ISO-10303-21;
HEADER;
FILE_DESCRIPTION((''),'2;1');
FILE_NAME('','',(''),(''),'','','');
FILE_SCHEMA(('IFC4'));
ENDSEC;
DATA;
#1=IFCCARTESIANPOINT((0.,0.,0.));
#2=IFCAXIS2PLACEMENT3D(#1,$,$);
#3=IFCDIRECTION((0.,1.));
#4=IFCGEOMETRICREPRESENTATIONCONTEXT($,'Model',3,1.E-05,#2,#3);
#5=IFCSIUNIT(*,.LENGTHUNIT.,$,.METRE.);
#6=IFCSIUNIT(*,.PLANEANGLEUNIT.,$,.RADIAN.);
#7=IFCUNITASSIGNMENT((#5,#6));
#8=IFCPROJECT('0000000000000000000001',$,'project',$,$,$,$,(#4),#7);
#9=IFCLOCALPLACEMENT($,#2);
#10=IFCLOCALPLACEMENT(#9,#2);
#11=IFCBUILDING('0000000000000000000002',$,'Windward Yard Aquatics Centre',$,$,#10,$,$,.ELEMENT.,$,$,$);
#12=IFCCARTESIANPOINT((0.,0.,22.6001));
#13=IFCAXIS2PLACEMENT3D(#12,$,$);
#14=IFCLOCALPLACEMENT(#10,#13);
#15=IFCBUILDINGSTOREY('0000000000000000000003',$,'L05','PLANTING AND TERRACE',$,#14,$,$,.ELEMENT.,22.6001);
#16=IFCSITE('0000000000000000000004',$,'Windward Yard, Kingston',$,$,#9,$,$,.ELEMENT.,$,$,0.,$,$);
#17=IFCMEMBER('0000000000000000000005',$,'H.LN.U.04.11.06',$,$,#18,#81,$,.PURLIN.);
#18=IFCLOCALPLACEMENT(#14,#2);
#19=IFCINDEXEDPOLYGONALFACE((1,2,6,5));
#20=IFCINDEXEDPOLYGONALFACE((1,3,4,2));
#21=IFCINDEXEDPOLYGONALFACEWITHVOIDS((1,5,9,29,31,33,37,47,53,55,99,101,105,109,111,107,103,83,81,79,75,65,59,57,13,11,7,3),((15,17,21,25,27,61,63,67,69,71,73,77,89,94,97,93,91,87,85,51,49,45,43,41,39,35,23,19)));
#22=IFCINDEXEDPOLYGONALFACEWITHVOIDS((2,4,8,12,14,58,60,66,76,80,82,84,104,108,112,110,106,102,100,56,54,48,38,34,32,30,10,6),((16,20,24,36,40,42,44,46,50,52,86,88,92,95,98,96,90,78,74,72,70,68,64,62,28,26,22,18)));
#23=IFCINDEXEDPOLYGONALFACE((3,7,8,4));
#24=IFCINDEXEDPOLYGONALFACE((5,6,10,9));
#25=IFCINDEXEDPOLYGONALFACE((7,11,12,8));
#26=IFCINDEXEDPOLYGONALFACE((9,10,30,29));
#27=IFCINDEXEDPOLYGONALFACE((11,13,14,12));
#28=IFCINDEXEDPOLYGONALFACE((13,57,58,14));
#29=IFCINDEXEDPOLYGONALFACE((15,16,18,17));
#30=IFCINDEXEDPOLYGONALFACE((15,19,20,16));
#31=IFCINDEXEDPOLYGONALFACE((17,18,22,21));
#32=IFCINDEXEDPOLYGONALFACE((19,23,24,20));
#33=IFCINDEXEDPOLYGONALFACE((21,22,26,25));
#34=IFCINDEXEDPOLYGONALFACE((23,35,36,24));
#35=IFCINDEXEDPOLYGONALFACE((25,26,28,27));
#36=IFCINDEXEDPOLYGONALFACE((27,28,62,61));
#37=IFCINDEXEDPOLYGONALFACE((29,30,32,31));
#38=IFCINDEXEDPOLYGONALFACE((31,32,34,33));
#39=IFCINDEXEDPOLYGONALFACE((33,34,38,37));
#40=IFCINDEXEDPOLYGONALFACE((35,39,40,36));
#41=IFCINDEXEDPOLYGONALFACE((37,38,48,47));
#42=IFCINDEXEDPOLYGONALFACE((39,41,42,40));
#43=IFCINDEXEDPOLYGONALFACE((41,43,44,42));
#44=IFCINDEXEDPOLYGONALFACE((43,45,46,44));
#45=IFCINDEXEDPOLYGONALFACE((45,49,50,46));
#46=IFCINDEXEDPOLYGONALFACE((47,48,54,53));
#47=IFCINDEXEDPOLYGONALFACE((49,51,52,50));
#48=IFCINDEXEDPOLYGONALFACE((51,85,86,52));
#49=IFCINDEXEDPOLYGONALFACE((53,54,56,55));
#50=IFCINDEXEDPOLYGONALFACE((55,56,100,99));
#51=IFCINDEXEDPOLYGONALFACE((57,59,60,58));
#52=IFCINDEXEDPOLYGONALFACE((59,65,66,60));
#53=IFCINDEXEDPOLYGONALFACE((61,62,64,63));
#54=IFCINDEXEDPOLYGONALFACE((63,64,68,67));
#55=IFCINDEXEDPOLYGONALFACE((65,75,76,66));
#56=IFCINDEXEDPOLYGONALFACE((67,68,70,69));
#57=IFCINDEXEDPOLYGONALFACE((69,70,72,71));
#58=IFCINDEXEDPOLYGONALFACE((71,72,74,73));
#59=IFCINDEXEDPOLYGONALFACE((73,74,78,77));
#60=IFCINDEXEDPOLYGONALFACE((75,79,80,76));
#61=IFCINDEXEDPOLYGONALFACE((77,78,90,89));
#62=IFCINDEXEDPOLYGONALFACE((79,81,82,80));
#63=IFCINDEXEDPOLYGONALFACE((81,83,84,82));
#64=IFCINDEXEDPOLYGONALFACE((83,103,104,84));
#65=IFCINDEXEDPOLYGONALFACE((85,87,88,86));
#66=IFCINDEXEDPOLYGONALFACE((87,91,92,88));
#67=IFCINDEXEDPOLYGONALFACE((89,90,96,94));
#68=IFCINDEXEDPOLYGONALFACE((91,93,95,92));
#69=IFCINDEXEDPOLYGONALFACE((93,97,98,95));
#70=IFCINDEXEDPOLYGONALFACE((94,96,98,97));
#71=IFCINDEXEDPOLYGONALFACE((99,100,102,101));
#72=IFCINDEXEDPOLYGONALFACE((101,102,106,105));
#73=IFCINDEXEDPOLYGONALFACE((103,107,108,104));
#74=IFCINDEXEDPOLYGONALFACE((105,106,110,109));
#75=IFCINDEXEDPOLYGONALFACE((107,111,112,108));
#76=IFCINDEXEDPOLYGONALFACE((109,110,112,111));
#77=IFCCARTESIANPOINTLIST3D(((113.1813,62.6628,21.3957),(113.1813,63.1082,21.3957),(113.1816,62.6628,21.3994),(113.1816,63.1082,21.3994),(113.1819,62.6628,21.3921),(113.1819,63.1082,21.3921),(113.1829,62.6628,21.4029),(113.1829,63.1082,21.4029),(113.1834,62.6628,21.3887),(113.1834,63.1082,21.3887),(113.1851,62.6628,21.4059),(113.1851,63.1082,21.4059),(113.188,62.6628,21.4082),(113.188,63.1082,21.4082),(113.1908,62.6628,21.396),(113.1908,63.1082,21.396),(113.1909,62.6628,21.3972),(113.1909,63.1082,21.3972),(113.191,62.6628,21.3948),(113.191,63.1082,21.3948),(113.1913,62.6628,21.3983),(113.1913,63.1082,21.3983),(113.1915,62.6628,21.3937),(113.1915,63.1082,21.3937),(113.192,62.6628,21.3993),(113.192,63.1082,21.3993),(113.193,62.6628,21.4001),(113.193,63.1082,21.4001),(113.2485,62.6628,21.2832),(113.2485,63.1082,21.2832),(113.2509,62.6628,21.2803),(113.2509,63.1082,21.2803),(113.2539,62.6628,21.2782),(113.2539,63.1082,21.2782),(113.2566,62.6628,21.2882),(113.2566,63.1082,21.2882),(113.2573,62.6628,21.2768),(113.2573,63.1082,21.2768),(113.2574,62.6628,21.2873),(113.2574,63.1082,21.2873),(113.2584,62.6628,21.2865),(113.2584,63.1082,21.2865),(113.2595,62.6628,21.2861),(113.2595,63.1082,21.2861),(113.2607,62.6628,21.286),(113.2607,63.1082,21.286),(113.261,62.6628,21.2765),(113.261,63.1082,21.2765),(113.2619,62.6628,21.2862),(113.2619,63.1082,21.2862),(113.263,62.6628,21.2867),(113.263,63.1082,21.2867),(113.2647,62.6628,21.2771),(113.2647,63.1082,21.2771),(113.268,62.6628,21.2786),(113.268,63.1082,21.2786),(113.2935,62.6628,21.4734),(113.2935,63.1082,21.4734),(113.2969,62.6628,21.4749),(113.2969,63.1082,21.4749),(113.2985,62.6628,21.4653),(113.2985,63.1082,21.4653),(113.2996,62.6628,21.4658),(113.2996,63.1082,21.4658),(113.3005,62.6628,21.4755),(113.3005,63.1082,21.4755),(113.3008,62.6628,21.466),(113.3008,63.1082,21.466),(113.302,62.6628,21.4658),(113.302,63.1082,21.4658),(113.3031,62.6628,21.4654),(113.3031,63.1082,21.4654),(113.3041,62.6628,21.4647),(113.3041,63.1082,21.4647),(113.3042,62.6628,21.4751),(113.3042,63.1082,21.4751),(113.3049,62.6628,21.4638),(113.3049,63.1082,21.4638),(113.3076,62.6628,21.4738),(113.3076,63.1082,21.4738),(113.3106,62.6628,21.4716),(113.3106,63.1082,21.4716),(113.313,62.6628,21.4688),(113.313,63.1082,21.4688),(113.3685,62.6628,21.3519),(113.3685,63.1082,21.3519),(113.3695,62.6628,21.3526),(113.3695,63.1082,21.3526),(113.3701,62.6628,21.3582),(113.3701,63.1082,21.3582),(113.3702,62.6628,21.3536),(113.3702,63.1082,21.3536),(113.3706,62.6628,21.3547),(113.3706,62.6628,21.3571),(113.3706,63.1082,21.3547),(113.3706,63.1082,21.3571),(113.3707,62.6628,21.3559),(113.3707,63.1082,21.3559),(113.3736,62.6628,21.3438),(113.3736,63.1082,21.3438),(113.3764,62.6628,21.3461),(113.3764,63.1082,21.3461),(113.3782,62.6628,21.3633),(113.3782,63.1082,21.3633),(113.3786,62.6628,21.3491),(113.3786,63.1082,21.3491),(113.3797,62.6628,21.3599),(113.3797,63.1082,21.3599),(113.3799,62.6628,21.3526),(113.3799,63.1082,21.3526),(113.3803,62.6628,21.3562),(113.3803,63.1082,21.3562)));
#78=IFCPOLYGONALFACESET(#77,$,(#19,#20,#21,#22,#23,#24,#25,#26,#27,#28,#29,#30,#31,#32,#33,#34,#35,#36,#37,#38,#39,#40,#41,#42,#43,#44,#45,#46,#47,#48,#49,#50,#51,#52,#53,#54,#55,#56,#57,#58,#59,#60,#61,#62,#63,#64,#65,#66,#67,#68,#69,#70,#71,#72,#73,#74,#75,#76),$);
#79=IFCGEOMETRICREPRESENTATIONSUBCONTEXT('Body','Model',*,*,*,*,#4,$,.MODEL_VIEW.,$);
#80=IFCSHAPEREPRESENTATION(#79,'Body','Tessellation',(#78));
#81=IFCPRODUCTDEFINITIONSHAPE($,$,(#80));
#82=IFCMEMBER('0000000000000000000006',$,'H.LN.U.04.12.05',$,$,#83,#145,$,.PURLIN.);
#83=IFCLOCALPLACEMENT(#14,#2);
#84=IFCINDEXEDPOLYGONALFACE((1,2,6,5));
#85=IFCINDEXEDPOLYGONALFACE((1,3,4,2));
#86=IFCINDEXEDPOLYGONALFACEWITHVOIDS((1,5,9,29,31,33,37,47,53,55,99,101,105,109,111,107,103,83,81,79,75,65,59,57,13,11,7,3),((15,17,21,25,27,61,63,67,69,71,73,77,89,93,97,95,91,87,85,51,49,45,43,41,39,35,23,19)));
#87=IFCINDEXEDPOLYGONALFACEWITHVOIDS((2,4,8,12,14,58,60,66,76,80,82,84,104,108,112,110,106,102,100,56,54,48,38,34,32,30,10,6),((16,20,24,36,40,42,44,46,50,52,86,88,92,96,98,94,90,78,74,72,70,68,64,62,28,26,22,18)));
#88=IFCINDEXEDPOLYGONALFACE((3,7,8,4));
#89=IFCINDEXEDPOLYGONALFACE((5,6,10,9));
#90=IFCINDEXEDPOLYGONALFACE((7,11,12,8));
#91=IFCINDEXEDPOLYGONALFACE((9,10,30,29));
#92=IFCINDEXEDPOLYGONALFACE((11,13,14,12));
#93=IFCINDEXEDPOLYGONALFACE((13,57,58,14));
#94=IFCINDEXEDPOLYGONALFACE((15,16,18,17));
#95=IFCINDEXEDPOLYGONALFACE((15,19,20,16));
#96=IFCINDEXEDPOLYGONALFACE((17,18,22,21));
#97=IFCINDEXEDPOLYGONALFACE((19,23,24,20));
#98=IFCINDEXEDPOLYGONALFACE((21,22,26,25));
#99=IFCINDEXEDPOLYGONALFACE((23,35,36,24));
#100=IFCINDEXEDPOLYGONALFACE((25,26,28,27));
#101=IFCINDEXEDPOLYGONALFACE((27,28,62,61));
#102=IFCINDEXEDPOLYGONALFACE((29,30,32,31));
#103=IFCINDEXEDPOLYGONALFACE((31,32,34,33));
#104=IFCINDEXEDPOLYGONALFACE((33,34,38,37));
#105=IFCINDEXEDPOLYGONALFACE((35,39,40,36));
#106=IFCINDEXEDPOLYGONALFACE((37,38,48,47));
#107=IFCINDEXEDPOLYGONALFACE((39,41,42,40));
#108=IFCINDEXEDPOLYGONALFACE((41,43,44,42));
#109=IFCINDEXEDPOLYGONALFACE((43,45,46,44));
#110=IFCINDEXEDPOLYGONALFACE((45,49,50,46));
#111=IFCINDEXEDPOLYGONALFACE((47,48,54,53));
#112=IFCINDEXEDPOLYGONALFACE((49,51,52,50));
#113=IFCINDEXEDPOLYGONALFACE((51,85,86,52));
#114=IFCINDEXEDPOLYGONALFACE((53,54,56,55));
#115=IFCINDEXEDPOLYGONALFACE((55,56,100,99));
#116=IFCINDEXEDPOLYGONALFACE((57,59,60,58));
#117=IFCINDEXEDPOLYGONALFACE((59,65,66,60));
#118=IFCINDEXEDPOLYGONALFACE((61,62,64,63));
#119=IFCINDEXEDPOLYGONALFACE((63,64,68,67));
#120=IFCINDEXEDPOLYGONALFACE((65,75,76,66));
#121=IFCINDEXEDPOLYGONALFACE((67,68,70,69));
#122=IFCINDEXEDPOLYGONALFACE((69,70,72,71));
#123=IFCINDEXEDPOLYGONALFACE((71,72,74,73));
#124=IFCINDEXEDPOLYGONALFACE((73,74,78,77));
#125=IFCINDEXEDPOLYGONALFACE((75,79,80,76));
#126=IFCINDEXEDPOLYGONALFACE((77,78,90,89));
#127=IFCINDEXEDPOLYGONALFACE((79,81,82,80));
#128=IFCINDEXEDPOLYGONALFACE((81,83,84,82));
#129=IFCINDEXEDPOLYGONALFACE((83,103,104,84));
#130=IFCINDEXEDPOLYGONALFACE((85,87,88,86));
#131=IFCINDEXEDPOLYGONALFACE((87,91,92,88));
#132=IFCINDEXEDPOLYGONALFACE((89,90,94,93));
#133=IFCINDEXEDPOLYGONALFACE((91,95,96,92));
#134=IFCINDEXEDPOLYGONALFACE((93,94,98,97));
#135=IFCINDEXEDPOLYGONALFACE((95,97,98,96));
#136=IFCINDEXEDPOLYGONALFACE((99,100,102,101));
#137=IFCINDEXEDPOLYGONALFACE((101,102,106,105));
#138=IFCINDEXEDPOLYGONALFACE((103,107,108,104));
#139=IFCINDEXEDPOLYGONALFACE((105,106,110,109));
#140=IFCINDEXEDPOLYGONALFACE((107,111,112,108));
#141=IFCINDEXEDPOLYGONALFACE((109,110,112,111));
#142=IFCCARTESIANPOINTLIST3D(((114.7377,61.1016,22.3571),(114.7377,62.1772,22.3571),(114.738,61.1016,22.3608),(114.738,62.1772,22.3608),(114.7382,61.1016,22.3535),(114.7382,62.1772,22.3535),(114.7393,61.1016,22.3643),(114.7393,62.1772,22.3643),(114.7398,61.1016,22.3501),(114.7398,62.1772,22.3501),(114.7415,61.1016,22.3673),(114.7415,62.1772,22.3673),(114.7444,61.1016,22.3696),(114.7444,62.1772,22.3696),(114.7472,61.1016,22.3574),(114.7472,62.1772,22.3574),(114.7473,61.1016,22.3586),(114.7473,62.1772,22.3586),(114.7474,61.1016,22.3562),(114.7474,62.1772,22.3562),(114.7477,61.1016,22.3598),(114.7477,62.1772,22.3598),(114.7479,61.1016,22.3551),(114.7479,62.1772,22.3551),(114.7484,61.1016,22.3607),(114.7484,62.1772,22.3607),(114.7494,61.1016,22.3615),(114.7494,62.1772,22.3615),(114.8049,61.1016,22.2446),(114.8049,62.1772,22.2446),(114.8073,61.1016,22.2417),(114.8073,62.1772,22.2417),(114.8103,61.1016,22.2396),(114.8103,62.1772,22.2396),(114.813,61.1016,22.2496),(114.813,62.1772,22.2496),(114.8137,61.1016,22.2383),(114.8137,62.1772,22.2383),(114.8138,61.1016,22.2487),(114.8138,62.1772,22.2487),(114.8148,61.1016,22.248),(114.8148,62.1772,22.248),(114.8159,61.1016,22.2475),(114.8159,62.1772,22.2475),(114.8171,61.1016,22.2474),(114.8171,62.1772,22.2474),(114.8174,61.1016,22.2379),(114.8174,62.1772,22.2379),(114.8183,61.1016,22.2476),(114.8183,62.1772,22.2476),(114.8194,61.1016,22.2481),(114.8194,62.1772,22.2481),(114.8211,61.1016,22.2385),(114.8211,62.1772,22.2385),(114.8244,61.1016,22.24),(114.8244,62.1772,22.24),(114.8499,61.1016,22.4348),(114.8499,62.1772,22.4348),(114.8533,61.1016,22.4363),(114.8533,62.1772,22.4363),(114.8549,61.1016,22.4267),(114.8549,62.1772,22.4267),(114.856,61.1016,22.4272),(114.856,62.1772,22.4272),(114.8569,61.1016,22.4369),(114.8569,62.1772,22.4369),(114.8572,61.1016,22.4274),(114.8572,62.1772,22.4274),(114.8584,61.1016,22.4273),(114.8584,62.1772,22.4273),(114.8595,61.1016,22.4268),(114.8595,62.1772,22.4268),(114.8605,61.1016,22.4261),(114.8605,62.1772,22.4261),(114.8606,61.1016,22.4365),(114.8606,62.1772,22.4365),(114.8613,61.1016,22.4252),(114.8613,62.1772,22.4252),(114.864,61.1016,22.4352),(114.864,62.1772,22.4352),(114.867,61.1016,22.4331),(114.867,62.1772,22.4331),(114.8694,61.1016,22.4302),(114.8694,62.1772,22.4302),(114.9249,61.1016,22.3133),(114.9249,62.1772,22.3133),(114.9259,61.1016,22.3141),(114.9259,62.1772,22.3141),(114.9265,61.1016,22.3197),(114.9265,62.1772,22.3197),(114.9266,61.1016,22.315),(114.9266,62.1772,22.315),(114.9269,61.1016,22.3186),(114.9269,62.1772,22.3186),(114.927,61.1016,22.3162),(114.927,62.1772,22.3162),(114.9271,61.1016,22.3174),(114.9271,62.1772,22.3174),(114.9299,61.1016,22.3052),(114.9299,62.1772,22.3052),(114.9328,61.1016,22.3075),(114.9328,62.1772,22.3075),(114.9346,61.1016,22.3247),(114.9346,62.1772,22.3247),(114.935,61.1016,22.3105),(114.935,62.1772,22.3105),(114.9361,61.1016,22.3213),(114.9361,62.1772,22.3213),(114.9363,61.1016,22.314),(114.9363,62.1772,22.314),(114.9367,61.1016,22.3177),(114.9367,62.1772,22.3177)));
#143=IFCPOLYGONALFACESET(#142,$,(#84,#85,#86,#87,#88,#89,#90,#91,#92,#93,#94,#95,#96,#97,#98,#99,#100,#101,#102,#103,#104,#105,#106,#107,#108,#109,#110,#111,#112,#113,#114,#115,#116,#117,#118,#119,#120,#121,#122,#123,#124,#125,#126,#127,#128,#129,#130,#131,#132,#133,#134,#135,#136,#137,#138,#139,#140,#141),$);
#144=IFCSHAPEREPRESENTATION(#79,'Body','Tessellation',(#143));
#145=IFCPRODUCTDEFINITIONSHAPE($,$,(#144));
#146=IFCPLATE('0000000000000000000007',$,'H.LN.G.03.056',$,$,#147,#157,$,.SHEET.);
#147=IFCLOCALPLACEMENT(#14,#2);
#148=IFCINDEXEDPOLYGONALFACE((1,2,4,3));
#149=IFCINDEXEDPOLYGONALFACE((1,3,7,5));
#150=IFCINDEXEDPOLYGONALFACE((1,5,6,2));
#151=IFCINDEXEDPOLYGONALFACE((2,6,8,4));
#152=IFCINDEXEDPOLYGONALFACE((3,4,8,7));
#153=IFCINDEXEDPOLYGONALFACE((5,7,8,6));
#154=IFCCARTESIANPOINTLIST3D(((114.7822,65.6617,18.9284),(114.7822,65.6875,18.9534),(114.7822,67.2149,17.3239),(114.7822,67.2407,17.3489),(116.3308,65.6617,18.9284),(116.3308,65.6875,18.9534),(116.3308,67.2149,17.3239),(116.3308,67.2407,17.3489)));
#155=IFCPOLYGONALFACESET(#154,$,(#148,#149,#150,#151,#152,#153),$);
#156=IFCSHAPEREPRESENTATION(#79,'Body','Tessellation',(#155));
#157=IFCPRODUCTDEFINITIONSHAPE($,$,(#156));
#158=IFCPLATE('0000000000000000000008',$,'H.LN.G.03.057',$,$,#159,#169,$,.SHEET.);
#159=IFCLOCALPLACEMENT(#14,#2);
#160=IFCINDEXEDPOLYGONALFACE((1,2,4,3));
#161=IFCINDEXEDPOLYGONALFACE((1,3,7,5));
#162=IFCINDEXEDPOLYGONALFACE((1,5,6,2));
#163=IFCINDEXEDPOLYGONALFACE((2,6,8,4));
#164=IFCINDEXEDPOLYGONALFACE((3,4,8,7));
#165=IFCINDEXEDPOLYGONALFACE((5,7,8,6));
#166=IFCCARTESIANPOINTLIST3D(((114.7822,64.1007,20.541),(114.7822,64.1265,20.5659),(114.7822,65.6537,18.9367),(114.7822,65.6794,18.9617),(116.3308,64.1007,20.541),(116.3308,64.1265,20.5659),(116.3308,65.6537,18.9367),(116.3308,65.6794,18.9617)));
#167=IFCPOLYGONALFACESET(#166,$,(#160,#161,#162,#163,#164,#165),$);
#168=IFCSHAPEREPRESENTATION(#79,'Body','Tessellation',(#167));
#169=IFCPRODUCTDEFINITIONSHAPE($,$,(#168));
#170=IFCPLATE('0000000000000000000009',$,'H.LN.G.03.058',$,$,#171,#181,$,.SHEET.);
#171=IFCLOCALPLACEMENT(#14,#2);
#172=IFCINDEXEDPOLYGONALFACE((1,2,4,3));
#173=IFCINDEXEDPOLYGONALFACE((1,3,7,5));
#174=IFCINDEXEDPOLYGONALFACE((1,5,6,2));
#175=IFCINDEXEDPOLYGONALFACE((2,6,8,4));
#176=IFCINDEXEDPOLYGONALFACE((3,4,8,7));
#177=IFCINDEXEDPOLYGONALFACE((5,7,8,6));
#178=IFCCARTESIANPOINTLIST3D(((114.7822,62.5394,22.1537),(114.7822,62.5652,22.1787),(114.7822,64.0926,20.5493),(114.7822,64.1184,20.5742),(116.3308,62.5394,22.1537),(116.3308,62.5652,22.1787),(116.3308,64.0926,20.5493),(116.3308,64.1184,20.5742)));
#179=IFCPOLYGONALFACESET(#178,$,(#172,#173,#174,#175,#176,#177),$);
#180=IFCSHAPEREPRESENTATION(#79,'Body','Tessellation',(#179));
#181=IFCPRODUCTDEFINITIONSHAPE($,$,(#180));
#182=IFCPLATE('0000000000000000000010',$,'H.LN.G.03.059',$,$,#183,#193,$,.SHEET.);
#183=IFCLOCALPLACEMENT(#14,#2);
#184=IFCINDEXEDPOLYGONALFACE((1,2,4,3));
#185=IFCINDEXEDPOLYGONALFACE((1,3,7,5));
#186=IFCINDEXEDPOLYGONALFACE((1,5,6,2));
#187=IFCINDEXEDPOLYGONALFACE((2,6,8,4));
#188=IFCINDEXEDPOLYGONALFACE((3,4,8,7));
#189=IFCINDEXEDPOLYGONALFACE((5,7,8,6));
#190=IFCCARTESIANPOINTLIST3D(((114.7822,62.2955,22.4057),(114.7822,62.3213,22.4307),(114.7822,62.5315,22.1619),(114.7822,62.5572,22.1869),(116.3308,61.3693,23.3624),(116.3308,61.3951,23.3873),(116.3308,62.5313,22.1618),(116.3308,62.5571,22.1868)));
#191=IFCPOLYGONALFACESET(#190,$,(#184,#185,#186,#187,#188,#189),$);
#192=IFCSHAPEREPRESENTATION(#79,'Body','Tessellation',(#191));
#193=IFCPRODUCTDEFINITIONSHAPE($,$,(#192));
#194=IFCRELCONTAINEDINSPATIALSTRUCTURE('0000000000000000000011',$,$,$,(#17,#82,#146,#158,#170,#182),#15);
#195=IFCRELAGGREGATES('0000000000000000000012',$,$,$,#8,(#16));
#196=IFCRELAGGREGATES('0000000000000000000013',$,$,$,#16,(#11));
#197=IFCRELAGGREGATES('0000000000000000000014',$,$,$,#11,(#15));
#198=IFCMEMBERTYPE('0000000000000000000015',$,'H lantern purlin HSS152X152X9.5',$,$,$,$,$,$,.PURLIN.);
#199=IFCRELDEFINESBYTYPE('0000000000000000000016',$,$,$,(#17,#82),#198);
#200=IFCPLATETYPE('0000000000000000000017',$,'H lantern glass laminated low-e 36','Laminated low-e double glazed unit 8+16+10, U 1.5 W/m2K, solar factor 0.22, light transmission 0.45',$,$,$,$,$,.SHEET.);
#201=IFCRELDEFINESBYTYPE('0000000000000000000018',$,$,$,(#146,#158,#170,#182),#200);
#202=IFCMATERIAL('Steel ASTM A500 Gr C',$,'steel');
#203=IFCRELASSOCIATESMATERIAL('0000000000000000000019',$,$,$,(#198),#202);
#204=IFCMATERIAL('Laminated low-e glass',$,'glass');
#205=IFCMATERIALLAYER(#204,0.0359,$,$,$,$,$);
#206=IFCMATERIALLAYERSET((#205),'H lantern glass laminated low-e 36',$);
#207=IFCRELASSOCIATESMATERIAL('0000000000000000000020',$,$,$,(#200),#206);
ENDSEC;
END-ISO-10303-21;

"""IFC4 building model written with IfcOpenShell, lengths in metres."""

from ifc_helpers import new_model, si_unit, direction, frame, origin, origin_2d, place, context, subcontext, project, spatial, polyline, hollow_rectangle, outline, extrude, material, layer, layer_set, material_profile, profile_set, type_object, element, save


model = new_model("IFC4")

# Units and contexts
model_context = context("Model", 3, precision=1e-05, world=origin(), true_north=direction((0.0, 1.0)))
body_context = subcontext(model_context, "Body", "Model", "MODEL_VIEW")
ifc_project = project(units=[si_unit("LENGTHUNIT", "METRE"), si_unit("PLANEANGLEUNIT", "RADIAN")], contexts=[model_context])

# Site, building, storey
site_placement = place(None, origin())
site = spatial("IfcSite", under=ifc_project, at=site_placement, Name="Windward Yard, Kingston", CompositionType="ELEMENT", RefElevation=0.0)
building_placement = place(site_placement, origin())
building = spatial("IfcBuilding", under=site, at=building_placement, Name="Windward Yard Aquatics Centre", CompositionType="ELEMENT")
storey_placement = place(building_placement, frame((0.0, 0.0, 22.6001)))
storey = spatial("IfcBuildingStorey", under=building, at=storey_placement, Name="L05", Description="PLANTING AND TERRACE", CompositionType="ELEMENT", Elevation=22.6001)

# Members
ifc_material_1 = material(Name="Steel ASTM A500 Gr C", Category="steel")
ifc_material_profile = material_profile(ifc_material_1, hollow_rectangle(XDim=0.1523, YDim=0.1523, WallThickness=0.0095, InnerFilletRadius=0.0046, OuterFilletRadius=0.0142, at=origin_2d()), Name="HSS152X152X9.5")
ifc_profile_set = profile_set([ifc_material_profile], Name="Steel ASTM A500 Gr C")
member_type = type_object("IfcMemberType", Name="H lantern purlin HSS152X152X9.5", PredefinedType="PURLIN", material=ifc_profile_set)
member_1_placement = place(storey_placement, frame((113.2808, 62.6628, 21.376), z_axis=(0.0, 1.0, 0.0), x_axis=(-0.850755, 0.0, -0.525562)))
element("IfcMember", 1, at=member_1_placement, inside=storey, type_object=member_type, Name="H.LN.U.04.11.06", PredefinedType="PURLIN", context=body_context, shape_type="SweptSolid", body=[
    extrude(hollow_rectangle(XDim=0.1523, YDim=0.1523, WallThickness=0.0095, InnerFilletRadius=0.0046, OuterFilletRadius=0.0142, at=origin_2d()), origin(), (0.0, 0.0, 1.0), 0.4453),
])
member_2_placement = place(storey_placement, frame((114.8372, 61.1016, 22.3374), z_axis=(0.0, 1.0, 0.0), x_axis=(-0.850755, 0.0, -0.525562)))
element("IfcMember", 2, at=member_2_placement, inside=storey, type_object=member_type, Name="H.LN.U.04.12.05", PredefinedType="PURLIN", context=body_context, shape_type="SweptSolid", body=[
    extrude(hollow_rectangle(XDim=0.1523, YDim=0.1523, WallThickness=0.0095, InnerFilletRadius=0.0046, OuterFilletRadius=0.0142, at=origin_2d()), origin(), (0.0, 0.0, 1.0), 1.0757),
])

# Plates
ifc_material_2 = material(Name="Laminated low-e glass", Category="glass")
ifc_layer = layer(ifc_material_2, 0.0359)
ifc_layer_set = layer_set([ifc_layer], Name="H lantern glass laminated low-e 36")
plate_type = type_object("IfcPlateType", Name="H lantern glass laminated low-e 36", Description="Laminated low-e double glazed unit 8+16+10, U 1.5 W/m2K, solar factor 0.22, light transmission 0.45", PredefinedType="SHEET", material=ifc_layer_set)
plate_1_placement = place(storey_placement, frame((114.7822, 65.6875, 18.9534), z_axis=(0.0, 0.718493, 0.695534), x_axis=(0.0, 0.695534, -0.718493)))
element("IfcPlate", 3, at=plate_1_placement, inside=storey, type_object=plate_type, Name="H.LN.G.03.056", PredefinedType="SHEET", context=body_context, shape_type="SweptSolid", body=[
    extrude(outline(polyline([(0.0, 0.0), (2.2331, 0.0), (2.2331, -1.5486), (0.0, -1.5486), (0.0, 0.0)])), origin(), (0.0, 0.0, -1.0), 0.0359),
])
plate_2_placement = place(storey_placement, frame((114.7822, 64.1265, 20.5659), z_axis=(0.0, 0.718495, 0.695533), x_axis=(0.0, 0.695533, -0.718495)))
element("IfcPlate", 4, at=plate_2_placement, inside=storey, type_object=plate_type, Name="H.LN.G.03.057", PredefinedType="SHEET", context=body_context, shape_type="SweptSolid", body=[
    extrude(outline(polyline([(0.0, 0.0), (2.2328, 0.0), (2.2328, -1.5486), (0.0, -1.5486), (0.0, 0.0)])), origin(), (0.0, 0.0, -1.0), 0.0359),
])
plate_3_placement = place(storey_placement, frame((114.7822, 62.5652, 22.1787), z_axis=(0.0, 0.718493, 0.695534), x_axis=(0.0, 0.695534, -0.718493)))
element("IfcPlate", 5, at=plate_3_placement, inside=storey, type_object=plate_type, Name="H.LN.G.03.058", PredefinedType="SHEET", context=body_context, shape_type="SweptSolid", body=[
    extrude(outline(polyline([(0.0, 0.0), (2.2331, 0.0), (2.2331, -1.5486), (0.0, -1.5486), (0.0, 0.0)])), origin(), (0.0, 0.0, -1.0), 0.0359),
])
plate_4_placement = place(storey_placement, frame((114.7822, 62.3213, 22.4307), z_axis=(0.000104, 0.718551, 0.695474), x_axis=(0.0, 0.695474, -0.718551)))
element("IfcPlate", 6, at=plate_4_placement, inside=storey, type_object=plate_type, Name="H.LN.G.03.059", PredefinedType="SHEET", context=body_context, shape_type="SweptSolid", body=[
    extrude(outline(polyline([(0.0, 0.0), (0.3393, 0.0), (0.3393, -1.5486), (-1.3315, -1.5486), (0.0, 0.0)])), origin(), (0.0, 0.0, -1.0), 0.0359),
])

save(model, "model.ifc")
